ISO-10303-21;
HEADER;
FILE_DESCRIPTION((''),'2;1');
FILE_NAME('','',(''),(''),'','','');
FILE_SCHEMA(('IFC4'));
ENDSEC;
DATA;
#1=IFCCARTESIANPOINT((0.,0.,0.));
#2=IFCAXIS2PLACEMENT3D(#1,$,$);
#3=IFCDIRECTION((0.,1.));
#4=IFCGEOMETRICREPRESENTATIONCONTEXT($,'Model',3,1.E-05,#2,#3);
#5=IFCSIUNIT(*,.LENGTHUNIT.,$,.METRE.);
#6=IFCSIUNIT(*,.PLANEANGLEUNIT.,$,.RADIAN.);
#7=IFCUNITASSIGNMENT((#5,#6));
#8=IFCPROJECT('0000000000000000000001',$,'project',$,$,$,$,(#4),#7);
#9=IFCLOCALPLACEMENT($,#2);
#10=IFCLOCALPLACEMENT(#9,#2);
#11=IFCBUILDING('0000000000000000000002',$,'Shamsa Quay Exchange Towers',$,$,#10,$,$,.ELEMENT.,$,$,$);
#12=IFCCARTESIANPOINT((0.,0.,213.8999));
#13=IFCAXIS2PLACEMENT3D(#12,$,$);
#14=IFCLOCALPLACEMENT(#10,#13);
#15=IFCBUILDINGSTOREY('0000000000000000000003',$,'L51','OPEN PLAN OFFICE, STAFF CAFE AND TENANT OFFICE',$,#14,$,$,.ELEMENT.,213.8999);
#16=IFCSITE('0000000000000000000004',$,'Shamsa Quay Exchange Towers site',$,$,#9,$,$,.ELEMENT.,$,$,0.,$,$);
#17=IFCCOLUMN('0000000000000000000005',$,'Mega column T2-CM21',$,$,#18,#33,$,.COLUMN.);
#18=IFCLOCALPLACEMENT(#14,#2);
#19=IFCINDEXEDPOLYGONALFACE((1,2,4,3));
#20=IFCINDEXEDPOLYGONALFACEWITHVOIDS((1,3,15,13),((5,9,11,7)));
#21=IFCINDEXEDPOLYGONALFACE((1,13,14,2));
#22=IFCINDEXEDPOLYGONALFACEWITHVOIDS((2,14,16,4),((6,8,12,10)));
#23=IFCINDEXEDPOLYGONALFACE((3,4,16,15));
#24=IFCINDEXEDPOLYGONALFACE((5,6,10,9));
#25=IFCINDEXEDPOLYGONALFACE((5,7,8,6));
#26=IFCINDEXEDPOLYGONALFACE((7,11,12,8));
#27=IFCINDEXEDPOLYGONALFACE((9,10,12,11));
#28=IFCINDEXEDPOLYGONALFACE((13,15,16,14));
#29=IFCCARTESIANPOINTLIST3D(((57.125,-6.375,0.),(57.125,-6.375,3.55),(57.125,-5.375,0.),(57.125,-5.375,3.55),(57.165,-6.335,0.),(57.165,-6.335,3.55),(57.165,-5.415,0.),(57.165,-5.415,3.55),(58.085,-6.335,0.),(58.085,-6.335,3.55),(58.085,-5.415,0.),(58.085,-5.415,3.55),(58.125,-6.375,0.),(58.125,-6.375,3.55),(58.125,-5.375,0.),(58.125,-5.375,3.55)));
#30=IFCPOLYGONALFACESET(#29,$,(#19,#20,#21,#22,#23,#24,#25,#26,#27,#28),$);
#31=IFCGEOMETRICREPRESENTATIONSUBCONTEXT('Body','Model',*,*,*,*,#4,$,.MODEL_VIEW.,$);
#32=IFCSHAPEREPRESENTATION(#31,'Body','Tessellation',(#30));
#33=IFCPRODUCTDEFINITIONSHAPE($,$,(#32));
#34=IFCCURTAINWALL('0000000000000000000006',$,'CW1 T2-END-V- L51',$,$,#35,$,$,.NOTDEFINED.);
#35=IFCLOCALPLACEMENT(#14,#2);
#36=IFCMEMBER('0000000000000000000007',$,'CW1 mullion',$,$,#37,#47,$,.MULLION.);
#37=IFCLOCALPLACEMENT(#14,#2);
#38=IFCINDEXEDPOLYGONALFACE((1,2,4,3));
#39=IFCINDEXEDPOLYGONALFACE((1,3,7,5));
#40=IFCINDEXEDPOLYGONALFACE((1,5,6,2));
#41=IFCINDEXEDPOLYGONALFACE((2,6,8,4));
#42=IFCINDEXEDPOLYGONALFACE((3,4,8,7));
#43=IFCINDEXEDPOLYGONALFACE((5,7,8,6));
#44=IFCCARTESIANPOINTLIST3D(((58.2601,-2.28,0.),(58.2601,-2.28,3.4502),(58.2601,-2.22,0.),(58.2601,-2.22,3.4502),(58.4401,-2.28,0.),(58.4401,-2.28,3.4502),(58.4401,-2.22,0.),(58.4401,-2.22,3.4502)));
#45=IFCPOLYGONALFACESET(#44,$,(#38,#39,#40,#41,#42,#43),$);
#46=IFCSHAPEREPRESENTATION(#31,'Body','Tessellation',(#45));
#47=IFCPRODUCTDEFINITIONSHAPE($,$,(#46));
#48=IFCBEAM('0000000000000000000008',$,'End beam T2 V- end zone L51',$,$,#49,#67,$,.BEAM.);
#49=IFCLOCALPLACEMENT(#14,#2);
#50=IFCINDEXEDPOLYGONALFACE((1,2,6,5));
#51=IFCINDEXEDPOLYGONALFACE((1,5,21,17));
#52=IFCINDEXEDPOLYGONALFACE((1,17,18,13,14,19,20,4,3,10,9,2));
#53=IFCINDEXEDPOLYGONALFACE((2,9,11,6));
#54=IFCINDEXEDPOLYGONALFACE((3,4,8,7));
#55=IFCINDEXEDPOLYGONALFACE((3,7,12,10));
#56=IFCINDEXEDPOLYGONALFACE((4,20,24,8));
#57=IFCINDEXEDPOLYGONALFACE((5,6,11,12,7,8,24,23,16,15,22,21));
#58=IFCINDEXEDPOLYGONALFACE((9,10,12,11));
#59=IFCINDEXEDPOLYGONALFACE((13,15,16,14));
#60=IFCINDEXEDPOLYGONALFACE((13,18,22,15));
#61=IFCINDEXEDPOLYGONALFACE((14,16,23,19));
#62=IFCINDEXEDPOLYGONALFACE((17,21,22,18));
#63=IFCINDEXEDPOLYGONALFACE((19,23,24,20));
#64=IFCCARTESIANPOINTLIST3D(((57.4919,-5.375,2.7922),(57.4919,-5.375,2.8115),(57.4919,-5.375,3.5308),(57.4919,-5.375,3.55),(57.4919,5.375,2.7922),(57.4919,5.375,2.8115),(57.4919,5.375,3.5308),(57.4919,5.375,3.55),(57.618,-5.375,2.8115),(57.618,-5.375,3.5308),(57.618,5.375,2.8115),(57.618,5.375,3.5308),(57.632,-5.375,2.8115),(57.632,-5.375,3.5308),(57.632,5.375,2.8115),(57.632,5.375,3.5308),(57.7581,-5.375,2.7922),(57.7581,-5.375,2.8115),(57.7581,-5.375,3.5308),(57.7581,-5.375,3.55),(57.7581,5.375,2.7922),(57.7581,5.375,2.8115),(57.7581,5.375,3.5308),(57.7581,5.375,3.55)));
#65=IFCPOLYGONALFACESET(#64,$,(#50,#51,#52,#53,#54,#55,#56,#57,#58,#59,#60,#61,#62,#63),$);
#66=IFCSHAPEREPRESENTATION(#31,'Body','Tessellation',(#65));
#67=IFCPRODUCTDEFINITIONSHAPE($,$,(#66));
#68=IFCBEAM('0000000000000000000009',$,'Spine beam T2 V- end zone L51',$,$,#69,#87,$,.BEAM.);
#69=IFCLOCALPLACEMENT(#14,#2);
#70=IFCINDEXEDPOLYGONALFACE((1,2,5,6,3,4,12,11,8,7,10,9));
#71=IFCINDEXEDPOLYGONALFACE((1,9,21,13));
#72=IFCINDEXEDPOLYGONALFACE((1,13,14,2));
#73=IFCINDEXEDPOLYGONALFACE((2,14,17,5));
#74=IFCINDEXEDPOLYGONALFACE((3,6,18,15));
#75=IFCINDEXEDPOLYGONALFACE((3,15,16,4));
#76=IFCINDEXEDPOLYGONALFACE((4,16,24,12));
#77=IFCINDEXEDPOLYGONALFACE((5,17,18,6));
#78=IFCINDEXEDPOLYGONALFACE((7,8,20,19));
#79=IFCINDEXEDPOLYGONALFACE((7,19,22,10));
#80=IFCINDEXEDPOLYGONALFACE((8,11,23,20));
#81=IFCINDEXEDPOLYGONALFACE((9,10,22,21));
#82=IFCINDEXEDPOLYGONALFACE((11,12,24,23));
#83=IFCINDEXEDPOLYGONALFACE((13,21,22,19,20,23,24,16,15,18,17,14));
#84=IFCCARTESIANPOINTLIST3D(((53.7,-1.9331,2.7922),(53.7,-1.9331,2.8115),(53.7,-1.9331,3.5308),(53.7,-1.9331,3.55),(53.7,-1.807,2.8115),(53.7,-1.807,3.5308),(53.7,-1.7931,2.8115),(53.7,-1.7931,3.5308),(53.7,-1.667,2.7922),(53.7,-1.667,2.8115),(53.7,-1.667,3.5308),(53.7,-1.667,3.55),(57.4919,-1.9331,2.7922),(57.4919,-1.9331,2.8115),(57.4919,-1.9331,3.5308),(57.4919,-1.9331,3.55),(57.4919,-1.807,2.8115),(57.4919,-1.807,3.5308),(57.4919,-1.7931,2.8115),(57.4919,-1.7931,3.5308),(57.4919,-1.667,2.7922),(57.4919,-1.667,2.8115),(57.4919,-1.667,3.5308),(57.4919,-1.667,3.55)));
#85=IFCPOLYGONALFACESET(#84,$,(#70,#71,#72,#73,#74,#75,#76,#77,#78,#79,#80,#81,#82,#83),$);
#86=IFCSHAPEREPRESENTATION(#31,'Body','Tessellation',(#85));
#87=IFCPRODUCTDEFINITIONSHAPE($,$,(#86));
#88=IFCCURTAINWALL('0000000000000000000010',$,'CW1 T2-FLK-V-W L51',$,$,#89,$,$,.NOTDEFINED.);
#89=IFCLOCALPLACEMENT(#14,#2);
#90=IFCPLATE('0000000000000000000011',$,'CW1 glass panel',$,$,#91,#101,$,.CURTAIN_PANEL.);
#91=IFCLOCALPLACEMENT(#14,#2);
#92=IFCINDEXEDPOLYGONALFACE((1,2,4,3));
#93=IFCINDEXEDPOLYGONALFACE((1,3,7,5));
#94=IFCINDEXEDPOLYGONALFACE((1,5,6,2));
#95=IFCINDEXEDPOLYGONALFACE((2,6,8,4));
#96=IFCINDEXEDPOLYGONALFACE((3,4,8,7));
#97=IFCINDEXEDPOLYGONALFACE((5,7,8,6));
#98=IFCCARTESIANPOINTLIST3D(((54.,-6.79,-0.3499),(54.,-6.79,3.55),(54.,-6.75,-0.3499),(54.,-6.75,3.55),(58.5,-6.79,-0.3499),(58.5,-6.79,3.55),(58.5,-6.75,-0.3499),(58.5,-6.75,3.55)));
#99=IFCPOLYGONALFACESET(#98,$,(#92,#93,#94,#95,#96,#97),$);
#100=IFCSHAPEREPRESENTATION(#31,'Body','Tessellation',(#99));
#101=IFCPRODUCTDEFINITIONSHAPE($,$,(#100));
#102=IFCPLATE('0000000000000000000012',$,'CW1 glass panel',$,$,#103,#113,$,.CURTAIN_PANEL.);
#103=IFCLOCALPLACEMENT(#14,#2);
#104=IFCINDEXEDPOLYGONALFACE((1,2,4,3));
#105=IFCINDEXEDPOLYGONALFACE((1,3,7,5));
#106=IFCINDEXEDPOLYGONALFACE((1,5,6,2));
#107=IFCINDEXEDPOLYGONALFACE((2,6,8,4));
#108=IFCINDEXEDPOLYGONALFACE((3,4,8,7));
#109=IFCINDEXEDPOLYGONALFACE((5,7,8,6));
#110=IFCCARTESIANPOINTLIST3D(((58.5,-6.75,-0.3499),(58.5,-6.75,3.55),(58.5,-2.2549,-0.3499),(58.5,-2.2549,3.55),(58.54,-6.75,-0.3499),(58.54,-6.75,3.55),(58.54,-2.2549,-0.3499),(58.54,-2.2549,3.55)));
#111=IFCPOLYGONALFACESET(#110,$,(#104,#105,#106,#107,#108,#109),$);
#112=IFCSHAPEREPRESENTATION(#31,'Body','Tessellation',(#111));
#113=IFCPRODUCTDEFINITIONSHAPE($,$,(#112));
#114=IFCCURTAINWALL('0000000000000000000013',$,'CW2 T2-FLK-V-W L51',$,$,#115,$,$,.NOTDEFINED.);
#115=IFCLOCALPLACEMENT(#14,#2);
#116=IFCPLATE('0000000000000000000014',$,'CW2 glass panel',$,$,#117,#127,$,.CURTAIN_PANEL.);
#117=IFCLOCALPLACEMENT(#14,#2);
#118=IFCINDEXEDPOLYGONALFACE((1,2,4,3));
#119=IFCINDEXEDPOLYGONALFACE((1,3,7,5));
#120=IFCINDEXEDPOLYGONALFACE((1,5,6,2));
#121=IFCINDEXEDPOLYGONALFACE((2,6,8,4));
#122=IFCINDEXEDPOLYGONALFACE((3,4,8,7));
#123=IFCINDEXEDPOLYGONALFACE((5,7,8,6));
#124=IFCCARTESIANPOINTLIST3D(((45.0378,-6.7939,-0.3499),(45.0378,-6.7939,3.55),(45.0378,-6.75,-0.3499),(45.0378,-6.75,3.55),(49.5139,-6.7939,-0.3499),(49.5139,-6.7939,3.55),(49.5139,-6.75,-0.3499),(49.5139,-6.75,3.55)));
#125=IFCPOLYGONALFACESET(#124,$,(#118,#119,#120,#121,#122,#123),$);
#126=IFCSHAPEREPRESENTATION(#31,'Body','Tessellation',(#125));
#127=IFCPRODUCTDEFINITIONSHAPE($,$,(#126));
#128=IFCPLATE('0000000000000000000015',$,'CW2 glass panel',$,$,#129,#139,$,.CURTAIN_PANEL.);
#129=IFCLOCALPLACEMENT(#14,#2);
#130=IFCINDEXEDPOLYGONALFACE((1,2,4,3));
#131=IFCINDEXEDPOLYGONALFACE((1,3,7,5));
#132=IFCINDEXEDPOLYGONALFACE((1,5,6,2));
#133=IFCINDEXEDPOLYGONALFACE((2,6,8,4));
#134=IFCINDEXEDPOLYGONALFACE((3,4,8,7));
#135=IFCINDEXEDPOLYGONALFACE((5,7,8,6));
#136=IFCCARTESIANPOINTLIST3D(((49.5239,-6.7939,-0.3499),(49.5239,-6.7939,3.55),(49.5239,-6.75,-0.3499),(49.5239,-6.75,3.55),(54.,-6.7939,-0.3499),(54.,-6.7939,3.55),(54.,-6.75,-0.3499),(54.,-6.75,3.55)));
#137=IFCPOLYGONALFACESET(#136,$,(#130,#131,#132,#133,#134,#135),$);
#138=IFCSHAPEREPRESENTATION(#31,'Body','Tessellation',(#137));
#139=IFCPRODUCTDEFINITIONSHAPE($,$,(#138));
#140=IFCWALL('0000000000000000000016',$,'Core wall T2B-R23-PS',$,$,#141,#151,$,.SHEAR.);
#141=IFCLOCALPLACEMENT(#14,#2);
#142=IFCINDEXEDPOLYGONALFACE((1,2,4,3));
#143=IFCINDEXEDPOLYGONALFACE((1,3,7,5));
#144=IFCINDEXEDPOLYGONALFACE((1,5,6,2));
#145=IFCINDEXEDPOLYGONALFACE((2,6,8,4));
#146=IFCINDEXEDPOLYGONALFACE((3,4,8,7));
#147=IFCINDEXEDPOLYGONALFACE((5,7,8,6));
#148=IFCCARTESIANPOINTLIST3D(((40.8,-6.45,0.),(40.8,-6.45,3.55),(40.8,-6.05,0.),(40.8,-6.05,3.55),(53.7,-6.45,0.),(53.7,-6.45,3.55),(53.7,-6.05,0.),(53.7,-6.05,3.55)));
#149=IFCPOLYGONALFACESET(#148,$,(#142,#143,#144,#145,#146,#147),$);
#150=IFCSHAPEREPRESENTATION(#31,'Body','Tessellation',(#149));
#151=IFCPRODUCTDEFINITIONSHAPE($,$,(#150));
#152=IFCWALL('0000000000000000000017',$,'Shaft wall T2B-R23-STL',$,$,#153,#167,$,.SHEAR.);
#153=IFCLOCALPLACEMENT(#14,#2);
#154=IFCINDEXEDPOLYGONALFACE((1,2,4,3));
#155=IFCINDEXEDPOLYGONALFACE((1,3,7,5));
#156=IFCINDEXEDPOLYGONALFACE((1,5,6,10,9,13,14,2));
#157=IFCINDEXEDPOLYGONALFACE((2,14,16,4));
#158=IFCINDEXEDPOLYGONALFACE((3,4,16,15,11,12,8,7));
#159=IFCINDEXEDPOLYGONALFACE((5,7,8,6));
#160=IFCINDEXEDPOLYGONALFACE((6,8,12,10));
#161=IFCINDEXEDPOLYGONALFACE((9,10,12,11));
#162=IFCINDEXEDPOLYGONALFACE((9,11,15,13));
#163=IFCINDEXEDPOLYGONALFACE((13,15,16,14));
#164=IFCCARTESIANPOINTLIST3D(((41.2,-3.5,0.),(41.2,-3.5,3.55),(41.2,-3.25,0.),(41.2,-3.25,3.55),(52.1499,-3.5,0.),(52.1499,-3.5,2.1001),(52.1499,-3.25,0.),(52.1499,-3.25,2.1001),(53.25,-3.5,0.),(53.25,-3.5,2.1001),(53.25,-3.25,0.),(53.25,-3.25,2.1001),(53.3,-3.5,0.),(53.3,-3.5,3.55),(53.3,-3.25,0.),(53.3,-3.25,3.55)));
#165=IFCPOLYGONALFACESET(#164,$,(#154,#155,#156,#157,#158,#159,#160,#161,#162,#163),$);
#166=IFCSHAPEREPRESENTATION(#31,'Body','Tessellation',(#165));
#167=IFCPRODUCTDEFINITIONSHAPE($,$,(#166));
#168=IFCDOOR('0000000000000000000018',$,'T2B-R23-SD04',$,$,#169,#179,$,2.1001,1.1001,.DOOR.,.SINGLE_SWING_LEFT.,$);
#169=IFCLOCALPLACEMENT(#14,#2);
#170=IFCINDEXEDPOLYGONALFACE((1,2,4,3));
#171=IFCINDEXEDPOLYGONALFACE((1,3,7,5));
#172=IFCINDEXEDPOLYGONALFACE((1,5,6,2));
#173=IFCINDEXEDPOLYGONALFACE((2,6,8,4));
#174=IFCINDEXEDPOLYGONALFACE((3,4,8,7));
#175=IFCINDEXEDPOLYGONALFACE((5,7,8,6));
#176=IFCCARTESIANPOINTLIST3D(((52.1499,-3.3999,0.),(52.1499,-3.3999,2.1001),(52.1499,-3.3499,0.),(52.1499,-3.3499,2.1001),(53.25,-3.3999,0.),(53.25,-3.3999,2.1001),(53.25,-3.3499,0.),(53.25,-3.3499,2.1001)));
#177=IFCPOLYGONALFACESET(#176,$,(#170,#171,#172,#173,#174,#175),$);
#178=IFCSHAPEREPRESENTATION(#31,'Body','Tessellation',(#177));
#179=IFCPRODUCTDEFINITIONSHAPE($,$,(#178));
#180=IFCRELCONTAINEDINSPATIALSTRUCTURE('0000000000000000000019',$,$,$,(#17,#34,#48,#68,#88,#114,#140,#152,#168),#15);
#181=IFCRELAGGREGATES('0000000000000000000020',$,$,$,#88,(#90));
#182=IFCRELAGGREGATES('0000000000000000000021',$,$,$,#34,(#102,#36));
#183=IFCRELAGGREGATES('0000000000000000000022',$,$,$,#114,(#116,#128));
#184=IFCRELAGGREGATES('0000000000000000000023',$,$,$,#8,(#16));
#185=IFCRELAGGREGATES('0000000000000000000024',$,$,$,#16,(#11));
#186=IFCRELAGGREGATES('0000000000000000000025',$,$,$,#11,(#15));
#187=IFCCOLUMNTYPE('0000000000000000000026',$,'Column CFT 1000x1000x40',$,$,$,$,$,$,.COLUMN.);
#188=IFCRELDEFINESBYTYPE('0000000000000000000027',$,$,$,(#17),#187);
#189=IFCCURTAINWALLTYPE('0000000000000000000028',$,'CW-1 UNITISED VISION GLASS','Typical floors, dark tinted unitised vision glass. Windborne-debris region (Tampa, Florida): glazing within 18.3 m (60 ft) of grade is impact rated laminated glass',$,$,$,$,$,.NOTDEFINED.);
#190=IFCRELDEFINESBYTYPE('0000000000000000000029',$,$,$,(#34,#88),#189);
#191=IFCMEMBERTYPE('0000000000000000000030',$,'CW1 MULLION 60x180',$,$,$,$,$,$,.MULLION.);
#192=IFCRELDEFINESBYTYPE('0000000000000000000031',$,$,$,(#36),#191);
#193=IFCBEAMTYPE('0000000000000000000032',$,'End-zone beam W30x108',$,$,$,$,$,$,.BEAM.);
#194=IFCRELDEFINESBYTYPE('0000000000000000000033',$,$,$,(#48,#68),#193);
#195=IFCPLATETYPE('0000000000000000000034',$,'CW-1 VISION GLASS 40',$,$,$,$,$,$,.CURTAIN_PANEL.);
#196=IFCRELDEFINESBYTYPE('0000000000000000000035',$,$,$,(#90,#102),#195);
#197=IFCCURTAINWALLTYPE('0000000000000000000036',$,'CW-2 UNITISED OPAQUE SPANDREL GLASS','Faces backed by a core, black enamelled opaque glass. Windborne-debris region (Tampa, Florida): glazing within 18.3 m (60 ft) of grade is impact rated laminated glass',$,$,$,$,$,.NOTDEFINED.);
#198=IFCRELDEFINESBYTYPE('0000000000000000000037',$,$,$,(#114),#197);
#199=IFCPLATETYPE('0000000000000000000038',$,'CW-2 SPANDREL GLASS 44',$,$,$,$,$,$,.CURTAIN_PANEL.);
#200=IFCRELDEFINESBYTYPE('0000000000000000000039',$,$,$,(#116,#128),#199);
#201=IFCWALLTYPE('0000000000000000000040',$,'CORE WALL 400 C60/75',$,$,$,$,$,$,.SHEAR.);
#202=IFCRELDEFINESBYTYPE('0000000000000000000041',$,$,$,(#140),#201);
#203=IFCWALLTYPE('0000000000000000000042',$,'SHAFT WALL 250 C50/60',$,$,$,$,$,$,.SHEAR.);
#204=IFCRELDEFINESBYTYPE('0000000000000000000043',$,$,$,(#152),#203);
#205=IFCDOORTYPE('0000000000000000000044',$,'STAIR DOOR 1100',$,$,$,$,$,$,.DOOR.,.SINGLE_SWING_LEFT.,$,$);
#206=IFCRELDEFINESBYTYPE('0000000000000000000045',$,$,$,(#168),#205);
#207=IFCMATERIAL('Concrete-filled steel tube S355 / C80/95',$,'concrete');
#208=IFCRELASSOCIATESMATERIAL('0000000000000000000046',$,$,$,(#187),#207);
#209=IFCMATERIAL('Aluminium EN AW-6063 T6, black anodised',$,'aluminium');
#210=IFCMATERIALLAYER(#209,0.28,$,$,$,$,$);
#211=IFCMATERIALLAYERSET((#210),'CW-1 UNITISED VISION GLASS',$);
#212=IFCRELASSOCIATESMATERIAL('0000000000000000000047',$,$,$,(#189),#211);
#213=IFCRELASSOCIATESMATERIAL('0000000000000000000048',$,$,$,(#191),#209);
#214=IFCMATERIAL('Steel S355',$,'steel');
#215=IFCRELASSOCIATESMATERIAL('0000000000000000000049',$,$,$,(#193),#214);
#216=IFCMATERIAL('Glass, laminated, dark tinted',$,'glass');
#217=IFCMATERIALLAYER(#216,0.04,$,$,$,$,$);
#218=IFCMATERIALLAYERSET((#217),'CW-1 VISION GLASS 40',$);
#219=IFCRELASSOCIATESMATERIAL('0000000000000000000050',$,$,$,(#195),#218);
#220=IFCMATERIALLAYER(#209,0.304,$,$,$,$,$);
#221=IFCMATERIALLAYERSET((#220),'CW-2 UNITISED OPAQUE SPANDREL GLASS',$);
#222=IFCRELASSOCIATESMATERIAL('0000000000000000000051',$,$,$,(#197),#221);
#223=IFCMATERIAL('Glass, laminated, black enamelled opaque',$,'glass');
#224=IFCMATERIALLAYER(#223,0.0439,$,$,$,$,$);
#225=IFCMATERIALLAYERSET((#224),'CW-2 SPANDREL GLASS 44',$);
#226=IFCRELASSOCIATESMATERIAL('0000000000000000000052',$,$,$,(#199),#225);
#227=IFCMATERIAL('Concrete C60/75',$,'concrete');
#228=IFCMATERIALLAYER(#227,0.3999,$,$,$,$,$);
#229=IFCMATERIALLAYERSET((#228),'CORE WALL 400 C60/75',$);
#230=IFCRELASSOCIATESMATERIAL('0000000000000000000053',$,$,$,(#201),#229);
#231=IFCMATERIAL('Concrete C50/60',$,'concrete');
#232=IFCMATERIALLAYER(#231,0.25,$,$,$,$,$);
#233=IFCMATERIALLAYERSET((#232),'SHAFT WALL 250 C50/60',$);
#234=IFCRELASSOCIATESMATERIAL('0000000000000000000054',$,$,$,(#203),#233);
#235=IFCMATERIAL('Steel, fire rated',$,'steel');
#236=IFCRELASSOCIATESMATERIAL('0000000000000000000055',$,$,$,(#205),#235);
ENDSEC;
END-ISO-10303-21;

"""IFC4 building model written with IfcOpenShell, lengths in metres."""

from ifc_helpers import new_model, si_unit, direction, frame, frame_2d, origin, origin_2d, place, context, subcontext, project, spatial, rectangle, hollow_rectangle, i_section, extrude, material, layer, layer_set, material_profile, profile_set, type_object, element, fill, aggregate, save


model = new_model("IFC4")

# Units and contexts
model_context = context("Model", 3, precision=1e-05, world=origin(), true_north=direction((0.0, 1.0)))
body_context = subcontext(model_context, "Body", "Model", "MODEL_VIEW")
ifc_project = project(units=[si_unit("LENGTHUNIT", "METRE"), si_unit("PLANEANGLEUNIT", "RADIAN")], contexts=[model_context])

# Site, building, storey
site_placement = place(None, origin())
site = spatial("IfcSite", under=ifc_project, at=site_placement, Name="Shamsa Quay Exchange Towers site", CompositionType="ELEMENT", RefElevation=0.0)
building_placement = place(site_placement, origin())
building = spatial("IfcBuilding", under=site, at=building_placement, Name="Shamsa Quay Exchange Towers", CompositionType="ELEMENT")
storey_placement = place(building_placement, frame((0.0, 0.0, 213.8999)))
storey = spatial("IfcBuildingStorey", under=building, at=storey_placement, Name="L51", Description="OPEN PLAN OFFICE, STAFF CAFE AND TENANT OFFICE", CompositionType="ELEMENT", Elevation=213.8999)

# Column
ifc_material_1 = material(Name="Concrete-filled steel tube S355 / C80/95", Category="concrete")
ifc_material_profile_1 = material_profile(ifc_material_1, hollow_rectangle(XDim=1.0, YDim=1.0, WallThickness=0.04, at=origin_2d()), Name="CFT 1000x1000x40")
ifc_profile_set_1 = profile_set([ifc_material_profile_1], Name="Concrete-filled steel tube S355 / C80/95")
column_type = type_object("IfcColumnType", Name="Column CFT 1000x1000x40", PredefinedType="COLUMN", material=ifc_profile_set_1)
column_placement = place(storey_placement, frame((57.625, -5.875, 0.0)))
element("IfcColumn", 1, at=column_placement, inside=storey, type_object=column_type, Name="Mega column T2-CM21", PredefinedType="COLUMN", context=body_context, shape_type="SweptSolid", body=[
    extrude(hollow_rectangle(XDim=1.0, YDim=1.0, WallThickness=0.04, at=origin_2d()), origin(), (0.0, 0.0, 1.0), 3.55),
])

# Curtain wall, member
ifc_material_2 = material(Name="Aluminium EN AW-6063 T6, black anodised", Category="aluminium")
ifc_layer_1 = layer(ifc_material_2, 0.28)
ifc_layer_set_1 = layer_set([ifc_layer_1], Name="CW-1 UNITISED VISION GLASS")
curtain_wall_type_1 = type_object("IfcCurtainWallType", Name="CW-1 UNITISED VISION GLASS", Description="Typical floors, dark tinted unitised vision glass. Windborne-debris region (Tampa, Florida): glazing within 18.3 m (60 ft) of grade is impact rated laminated glass", PredefinedType="NOTDEFINED", material=ifc_layer_set_1)
curtain_wall_1_placement = place(storey_placement, origin())
curtain_wall_1 = element("IfcCurtainWall", 2, at=curtain_wall_1_placement, inside=storey, type_object=curtain_wall_type_1, Name="CW1 T2-END-V- L51", PredefinedType="NOTDEFINED")
ifc_material_profile_2 = material_profile(ifc_material_2, rectangle(XDim=0.1799, YDim=0.0601, at=origin_2d()), Name="MU60x180")
ifc_profile_set_2 = profile_set([ifc_material_profile_2], Name="Aluminium EN AW-6063 T6, black anodised")
member_type = type_object("IfcMemberType", Name="CW1 MULLION 60x180", PredefinedType="MULLION", material=ifc_profile_set_2)
member_placement = place(storey_placement, frame((58.3501, -2.25, 0.0), z_axis=(0.0, 0.0, 1.0), x_axis=(-1.0, 0.0, 0.0)))
member = element("IfcMember", 3, at=member_placement, type_object=member_type, Name="CW1 mullion", PredefinedType="MULLION", context=body_context, shape_type="SweptSolid", body=[
    extrude(rectangle(XDim=0.1799, YDim=0.0601, at=origin_2d()), origin(), (0.0, 0.0, 1.0), 3.4502),
])

# Beams
ifc_material_3 = material(Name="Steel S355", Category="steel")
ifc_material_profile_3 = material_profile(ifc_material_3, i_section(OverallWidth=0.2661, OverallDepth=0.7578, WebThickness=0.0139, FlangeThickness=0.0193, at=origin_2d()), Name="W30x108")
ifc_profile_set_3 = profile_set([ifc_material_profile_3], Name="Steel S355")
beam_type = type_object("IfcBeamType", Name="End-zone beam W30x108", PredefinedType="BEAM", material=ifc_profile_set_3)
beam_1_placement = place(storey_placement, frame((57.625, -5.375, 3.1711), z_axis=(0.0, 1.0, 0.0), x_axis=(-1.0, 0.0, 0.0)))
element("IfcBeam", 4, at=beam_1_placement, inside=storey, type_object=beam_type, Name="End beam T2 V- end zone L51", PredefinedType="BEAM", context=body_context, shape_type="SweptSolid", body=[
    extrude(i_section(OverallWidth=0.2661, OverallDepth=0.7578, WebThickness=0.0139, FlangeThickness=0.0193, at=origin_2d()), origin(), (0.0, 0.0, 1.0), 10.75),
])
beam_2_placement = place(storey_placement, frame((53.7, -1.8, 3.1711), z_axis=(1.0, 0.0, 0.0), x_axis=(0.0, 1.0, 0.0)))
element("IfcBeam", 5, at=beam_2_placement, inside=storey, type_object=beam_type, Name="Spine beam T2 V- end zone L51", PredefinedType="BEAM", context=body_context, shape_type="SweptSolid", body=[
    extrude(i_section(OverallWidth=0.2661, OverallDepth=0.7578, WebThickness=0.0139, FlangeThickness=0.0193, at=origin_2d()), origin(), (0.0, 0.0, 1.0), 3.792),
])

# Curtain wall, plate
curtain_wall_2_placement = place(storey_placement, origin())
curtain_wall_2 = element("IfcCurtainWall", 6, at=curtain_wall_2_placement, inside=storey, type_object=curtain_wall_type_1, Name="CW1 T2-FLK-V-W L51", PredefinedType="NOTDEFINED")
ifc_material_4 = material(Name="Glass, laminated, dark tinted", Category="glass")
ifc_layer_2 = layer(ifc_material_4, 0.04)
ifc_layer_set_2 = layer_set([ifc_layer_2], Name="CW-1 VISION GLASS 40")
plate_type_1 = type_object("IfcPlateType", Name="CW-1 VISION GLASS 40", PredefinedType="CURTAIN_PANEL", material=ifc_layer_set_2)
plate_1_placement = place(storey_placement, frame((56.25, -6.77, -0.3499)))
plate_1 = element("IfcPlate", 7, at=plate_1_placement, type_object=plate_type_1, Name="CW1 glass panel", PredefinedType="CURTAIN_PANEL", context=body_context, shape_type="SweptSolid", body=[
    extrude(rectangle(XDim=4.5, YDim=0.04, at=origin_2d()), origin(), (0.0, 0.0, 1.0), 3.8999),
])
aggregate(curtain_wall_2, [plate_1])

# Plate
plate_2_placement = place(storey_placement, frame((58.52, -4.5024, -0.3499), z_axis=(0.0, 0.0, 1.0), x_axis=(0.0, 1.0, 0.0)))
plate_2 = element("IfcPlate", 8, at=plate_2_placement, type_object=plate_type_1, Name="CW1 glass panel", PredefinedType="CURTAIN_PANEL", context=body_context, shape_type="SweptSolid", body=[
    extrude(rectangle(XDim=4.4951, YDim=0.04, at=origin_2d()), origin(), (0.0, 0.0, 1.0), 3.8999),
])
aggregate(curtain_wall_1, [plate_2, member])

# Curtain wall, plates
ifc_layer_3 = layer(ifc_material_2, 0.304)
ifc_layer_set_3 = layer_set([ifc_layer_3], Name="CW-2 UNITISED OPAQUE SPANDREL GLASS")
curtain_wall_type_2 = type_object("IfcCurtainWallType", Name="CW-2 UNITISED OPAQUE SPANDREL GLASS", Description="Faces backed by a core, black enamelled opaque glass. Windborne-debris region (Tampa, Florida): glazing within 18.3 m (60 ft) of grade is impact rated laminated glass", PredefinedType="NOTDEFINED", material=ifc_layer_set_3)
curtain_wall_3_placement = place(storey_placement, origin())
curtain_wall_3 = element("IfcCurtainWall", 9, at=curtain_wall_3_placement, inside=storey, type_object=curtain_wall_type_2, Name="CW2 T2-FLK-V-W L51", PredefinedType="NOTDEFINED")
ifc_material_5 = material(Name="Glass, laminated, black enamelled opaque", Category="glass")
ifc_layer_4 = layer(ifc_material_5, 0.0439)
ifc_layer_set_4 = layer_set([ifc_layer_4], Name="CW-2 SPANDREL GLASS 44")
plate_type_2 = type_object("IfcPlateType", Name="CW-2 SPANDREL GLASS 44", PredefinedType="CURTAIN_PANEL", material=ifc_layer_set_4)
plate_3_placement = place(storey_placement, frame((47.2759, -6.772, -0.3499)))
plate_3 = element("IfcPlate", 10, at=plate_3_placement, type_object=plate_type_2, Name="CW2 glass panel", PredefinedType="CURTAIN_PANEL", context=body_context, shape_type="SweptSolid", body=[
    extrude(rectangle(XDim=4.4761, YDim=0.0439, at=origin_2d()), origin(), (0.0, 0.0, 1.0), 3.8999),
])
plate_4_placement = place(storey_placement, frame((51.762, -6.772, -0.3499)))
plate_4 = element("IfcPlate", 11, at=plate_4_placement, type_object=plate_type_2, Name="CW2 glass panel", PredefinedType="CURTAIN_PANEL", context=body_context, shape_type="SweptSolid", body=[
    extrude(rectangle(XDim=4.4761, YDim=0.0439, at=origin_2d()), origin(), (0.0, 0.0, 1.0), 3.8999),
])
aggregate(curtain_wall_3, [plate_3, plate_4])

# Wall
ifc_material_6 = material(Name="Concrete C60/75", Category="concrete")
ifc_layer_5 = layer(ifc_material_6, 0.3999)
ifc_layer_set_5 = layer_set([ifc_layer_5], Name="CORE WALL 400 C60/75")
wall_type_1 = type_object("IfcWallType", Name="CORE WALL 400 C60/75", PredefinedType="SHEAR", material=ifc_layer_set_5)
wall_1_placement = place(storey_placement, frame((53.7, -6.25, 0.0), z_axis=(0.0, 0.0, 1.0), x_axis=(-1.0, 0.0, 0.0)))
element("IfcWall", 12, at=wall_1_placement, inside=storey, type_object=wall_type_1, Name="Core wall T2B-R23-PS", PredefinedType="SHEAR", context=body_context, shape_type="SweptSolid", body=[
    extrude(rectangle(XDim=12.8999, YDim=0.3999, at=frame_2d((6.45, 0.0))), origin(), (0.0, 0.0, 1.0), 3.55),
])

# Wall, opening, door
ifc_material_7 = material(Name="Steel, fire rated", Category="steel")
ifc_material_8 = material(Name="Concrete C50/60", Category="concrete")
ifc_layer_6 = layer(ifc_material_8, 0.25)
ifc_layer_set_6 = layer_set([ifc_layer_6], Name="SHAFT WALL 250 C50/60")
wall_type_2 = type_object("IfcWallType", Name="SHAFT WALL 250 C50/60", PredefinedType="SHEAR", material=ifc_layer_set_6)
wall_2_placement = place(storey_placement, frame((53.3, -3.375, 0.0), z_axis=(0.0, 0.0, 1.0), x_axis=(-1.0, 0.0, 0.0)))
wall_2 = element("IfcWall", 13, at=wall_2_placement, inside=storey, type_object=wall_type_2, Name="Shaft wall T2B-R23-STL", PredefinedType="SHEAR", context=body_context, shape_type="SweptSolid", body=[
    extrude(rectangle(XDim=12.1001, YDim=0.25, at=frame_2d((6.05, 0.0))), origin(), (0.0, 0.0, 1.0), 3.55),
])
opening_1_placement = place(wall_2_placement, frame((0.05, 0.0, 0.0)))
opening_1 = element("IfcOpeningElement", 14, at=opening_1_placement, cuts=wall_2, PredefinedType="OPENING", context=body_context, shape_type="SweptSolid", body=[
    extrude(rectangle(XDim=1.1001, YDim=2.1001, at=frame_2d((0.55, 1.05))), frame((0.0, 0.135, 0.0), z_axis=(0.0, -1.0, 0.0), x_axis=(1.0, 0.0, 0.0)), (0.0, 0.0, 1.0), 0.27),
])
door_type_1 = type_object("IfcDoorType", Name="STAIR DOOR 1100", OperationType="SINGLE_SWING_LEFT", PredefinedType="DOOR", material=ifc_material_7)
door_1_placement = place(opening_1_placement, origin())
door_1 = element("IfcDoor", 15, at=door_1_placement, inside=storey, type_object=door_type_1, Name="T2B-R23-SD04", OperationType="SINGLE_SWING_LEFT", OverallHeight=2.1001, OverallWidth=1.1001, PredefinedType="DOOR", context=body_context, shape_type="SweptSolid", body=[
    extrude(rectangle(XDim=1.1001, YDim=2.1001, at=frame_2d((0.55, 1.05))), frame((0.0, 0.0249, 0.0), z_axis=(0.0, -1.0, 0.0), x_axis=(1.0, 0.0, 0.0)), (0.0, 0.0, 1.0), 0.05),
])
fill(opening_1, door_1)

save(model, "model.ifc")
